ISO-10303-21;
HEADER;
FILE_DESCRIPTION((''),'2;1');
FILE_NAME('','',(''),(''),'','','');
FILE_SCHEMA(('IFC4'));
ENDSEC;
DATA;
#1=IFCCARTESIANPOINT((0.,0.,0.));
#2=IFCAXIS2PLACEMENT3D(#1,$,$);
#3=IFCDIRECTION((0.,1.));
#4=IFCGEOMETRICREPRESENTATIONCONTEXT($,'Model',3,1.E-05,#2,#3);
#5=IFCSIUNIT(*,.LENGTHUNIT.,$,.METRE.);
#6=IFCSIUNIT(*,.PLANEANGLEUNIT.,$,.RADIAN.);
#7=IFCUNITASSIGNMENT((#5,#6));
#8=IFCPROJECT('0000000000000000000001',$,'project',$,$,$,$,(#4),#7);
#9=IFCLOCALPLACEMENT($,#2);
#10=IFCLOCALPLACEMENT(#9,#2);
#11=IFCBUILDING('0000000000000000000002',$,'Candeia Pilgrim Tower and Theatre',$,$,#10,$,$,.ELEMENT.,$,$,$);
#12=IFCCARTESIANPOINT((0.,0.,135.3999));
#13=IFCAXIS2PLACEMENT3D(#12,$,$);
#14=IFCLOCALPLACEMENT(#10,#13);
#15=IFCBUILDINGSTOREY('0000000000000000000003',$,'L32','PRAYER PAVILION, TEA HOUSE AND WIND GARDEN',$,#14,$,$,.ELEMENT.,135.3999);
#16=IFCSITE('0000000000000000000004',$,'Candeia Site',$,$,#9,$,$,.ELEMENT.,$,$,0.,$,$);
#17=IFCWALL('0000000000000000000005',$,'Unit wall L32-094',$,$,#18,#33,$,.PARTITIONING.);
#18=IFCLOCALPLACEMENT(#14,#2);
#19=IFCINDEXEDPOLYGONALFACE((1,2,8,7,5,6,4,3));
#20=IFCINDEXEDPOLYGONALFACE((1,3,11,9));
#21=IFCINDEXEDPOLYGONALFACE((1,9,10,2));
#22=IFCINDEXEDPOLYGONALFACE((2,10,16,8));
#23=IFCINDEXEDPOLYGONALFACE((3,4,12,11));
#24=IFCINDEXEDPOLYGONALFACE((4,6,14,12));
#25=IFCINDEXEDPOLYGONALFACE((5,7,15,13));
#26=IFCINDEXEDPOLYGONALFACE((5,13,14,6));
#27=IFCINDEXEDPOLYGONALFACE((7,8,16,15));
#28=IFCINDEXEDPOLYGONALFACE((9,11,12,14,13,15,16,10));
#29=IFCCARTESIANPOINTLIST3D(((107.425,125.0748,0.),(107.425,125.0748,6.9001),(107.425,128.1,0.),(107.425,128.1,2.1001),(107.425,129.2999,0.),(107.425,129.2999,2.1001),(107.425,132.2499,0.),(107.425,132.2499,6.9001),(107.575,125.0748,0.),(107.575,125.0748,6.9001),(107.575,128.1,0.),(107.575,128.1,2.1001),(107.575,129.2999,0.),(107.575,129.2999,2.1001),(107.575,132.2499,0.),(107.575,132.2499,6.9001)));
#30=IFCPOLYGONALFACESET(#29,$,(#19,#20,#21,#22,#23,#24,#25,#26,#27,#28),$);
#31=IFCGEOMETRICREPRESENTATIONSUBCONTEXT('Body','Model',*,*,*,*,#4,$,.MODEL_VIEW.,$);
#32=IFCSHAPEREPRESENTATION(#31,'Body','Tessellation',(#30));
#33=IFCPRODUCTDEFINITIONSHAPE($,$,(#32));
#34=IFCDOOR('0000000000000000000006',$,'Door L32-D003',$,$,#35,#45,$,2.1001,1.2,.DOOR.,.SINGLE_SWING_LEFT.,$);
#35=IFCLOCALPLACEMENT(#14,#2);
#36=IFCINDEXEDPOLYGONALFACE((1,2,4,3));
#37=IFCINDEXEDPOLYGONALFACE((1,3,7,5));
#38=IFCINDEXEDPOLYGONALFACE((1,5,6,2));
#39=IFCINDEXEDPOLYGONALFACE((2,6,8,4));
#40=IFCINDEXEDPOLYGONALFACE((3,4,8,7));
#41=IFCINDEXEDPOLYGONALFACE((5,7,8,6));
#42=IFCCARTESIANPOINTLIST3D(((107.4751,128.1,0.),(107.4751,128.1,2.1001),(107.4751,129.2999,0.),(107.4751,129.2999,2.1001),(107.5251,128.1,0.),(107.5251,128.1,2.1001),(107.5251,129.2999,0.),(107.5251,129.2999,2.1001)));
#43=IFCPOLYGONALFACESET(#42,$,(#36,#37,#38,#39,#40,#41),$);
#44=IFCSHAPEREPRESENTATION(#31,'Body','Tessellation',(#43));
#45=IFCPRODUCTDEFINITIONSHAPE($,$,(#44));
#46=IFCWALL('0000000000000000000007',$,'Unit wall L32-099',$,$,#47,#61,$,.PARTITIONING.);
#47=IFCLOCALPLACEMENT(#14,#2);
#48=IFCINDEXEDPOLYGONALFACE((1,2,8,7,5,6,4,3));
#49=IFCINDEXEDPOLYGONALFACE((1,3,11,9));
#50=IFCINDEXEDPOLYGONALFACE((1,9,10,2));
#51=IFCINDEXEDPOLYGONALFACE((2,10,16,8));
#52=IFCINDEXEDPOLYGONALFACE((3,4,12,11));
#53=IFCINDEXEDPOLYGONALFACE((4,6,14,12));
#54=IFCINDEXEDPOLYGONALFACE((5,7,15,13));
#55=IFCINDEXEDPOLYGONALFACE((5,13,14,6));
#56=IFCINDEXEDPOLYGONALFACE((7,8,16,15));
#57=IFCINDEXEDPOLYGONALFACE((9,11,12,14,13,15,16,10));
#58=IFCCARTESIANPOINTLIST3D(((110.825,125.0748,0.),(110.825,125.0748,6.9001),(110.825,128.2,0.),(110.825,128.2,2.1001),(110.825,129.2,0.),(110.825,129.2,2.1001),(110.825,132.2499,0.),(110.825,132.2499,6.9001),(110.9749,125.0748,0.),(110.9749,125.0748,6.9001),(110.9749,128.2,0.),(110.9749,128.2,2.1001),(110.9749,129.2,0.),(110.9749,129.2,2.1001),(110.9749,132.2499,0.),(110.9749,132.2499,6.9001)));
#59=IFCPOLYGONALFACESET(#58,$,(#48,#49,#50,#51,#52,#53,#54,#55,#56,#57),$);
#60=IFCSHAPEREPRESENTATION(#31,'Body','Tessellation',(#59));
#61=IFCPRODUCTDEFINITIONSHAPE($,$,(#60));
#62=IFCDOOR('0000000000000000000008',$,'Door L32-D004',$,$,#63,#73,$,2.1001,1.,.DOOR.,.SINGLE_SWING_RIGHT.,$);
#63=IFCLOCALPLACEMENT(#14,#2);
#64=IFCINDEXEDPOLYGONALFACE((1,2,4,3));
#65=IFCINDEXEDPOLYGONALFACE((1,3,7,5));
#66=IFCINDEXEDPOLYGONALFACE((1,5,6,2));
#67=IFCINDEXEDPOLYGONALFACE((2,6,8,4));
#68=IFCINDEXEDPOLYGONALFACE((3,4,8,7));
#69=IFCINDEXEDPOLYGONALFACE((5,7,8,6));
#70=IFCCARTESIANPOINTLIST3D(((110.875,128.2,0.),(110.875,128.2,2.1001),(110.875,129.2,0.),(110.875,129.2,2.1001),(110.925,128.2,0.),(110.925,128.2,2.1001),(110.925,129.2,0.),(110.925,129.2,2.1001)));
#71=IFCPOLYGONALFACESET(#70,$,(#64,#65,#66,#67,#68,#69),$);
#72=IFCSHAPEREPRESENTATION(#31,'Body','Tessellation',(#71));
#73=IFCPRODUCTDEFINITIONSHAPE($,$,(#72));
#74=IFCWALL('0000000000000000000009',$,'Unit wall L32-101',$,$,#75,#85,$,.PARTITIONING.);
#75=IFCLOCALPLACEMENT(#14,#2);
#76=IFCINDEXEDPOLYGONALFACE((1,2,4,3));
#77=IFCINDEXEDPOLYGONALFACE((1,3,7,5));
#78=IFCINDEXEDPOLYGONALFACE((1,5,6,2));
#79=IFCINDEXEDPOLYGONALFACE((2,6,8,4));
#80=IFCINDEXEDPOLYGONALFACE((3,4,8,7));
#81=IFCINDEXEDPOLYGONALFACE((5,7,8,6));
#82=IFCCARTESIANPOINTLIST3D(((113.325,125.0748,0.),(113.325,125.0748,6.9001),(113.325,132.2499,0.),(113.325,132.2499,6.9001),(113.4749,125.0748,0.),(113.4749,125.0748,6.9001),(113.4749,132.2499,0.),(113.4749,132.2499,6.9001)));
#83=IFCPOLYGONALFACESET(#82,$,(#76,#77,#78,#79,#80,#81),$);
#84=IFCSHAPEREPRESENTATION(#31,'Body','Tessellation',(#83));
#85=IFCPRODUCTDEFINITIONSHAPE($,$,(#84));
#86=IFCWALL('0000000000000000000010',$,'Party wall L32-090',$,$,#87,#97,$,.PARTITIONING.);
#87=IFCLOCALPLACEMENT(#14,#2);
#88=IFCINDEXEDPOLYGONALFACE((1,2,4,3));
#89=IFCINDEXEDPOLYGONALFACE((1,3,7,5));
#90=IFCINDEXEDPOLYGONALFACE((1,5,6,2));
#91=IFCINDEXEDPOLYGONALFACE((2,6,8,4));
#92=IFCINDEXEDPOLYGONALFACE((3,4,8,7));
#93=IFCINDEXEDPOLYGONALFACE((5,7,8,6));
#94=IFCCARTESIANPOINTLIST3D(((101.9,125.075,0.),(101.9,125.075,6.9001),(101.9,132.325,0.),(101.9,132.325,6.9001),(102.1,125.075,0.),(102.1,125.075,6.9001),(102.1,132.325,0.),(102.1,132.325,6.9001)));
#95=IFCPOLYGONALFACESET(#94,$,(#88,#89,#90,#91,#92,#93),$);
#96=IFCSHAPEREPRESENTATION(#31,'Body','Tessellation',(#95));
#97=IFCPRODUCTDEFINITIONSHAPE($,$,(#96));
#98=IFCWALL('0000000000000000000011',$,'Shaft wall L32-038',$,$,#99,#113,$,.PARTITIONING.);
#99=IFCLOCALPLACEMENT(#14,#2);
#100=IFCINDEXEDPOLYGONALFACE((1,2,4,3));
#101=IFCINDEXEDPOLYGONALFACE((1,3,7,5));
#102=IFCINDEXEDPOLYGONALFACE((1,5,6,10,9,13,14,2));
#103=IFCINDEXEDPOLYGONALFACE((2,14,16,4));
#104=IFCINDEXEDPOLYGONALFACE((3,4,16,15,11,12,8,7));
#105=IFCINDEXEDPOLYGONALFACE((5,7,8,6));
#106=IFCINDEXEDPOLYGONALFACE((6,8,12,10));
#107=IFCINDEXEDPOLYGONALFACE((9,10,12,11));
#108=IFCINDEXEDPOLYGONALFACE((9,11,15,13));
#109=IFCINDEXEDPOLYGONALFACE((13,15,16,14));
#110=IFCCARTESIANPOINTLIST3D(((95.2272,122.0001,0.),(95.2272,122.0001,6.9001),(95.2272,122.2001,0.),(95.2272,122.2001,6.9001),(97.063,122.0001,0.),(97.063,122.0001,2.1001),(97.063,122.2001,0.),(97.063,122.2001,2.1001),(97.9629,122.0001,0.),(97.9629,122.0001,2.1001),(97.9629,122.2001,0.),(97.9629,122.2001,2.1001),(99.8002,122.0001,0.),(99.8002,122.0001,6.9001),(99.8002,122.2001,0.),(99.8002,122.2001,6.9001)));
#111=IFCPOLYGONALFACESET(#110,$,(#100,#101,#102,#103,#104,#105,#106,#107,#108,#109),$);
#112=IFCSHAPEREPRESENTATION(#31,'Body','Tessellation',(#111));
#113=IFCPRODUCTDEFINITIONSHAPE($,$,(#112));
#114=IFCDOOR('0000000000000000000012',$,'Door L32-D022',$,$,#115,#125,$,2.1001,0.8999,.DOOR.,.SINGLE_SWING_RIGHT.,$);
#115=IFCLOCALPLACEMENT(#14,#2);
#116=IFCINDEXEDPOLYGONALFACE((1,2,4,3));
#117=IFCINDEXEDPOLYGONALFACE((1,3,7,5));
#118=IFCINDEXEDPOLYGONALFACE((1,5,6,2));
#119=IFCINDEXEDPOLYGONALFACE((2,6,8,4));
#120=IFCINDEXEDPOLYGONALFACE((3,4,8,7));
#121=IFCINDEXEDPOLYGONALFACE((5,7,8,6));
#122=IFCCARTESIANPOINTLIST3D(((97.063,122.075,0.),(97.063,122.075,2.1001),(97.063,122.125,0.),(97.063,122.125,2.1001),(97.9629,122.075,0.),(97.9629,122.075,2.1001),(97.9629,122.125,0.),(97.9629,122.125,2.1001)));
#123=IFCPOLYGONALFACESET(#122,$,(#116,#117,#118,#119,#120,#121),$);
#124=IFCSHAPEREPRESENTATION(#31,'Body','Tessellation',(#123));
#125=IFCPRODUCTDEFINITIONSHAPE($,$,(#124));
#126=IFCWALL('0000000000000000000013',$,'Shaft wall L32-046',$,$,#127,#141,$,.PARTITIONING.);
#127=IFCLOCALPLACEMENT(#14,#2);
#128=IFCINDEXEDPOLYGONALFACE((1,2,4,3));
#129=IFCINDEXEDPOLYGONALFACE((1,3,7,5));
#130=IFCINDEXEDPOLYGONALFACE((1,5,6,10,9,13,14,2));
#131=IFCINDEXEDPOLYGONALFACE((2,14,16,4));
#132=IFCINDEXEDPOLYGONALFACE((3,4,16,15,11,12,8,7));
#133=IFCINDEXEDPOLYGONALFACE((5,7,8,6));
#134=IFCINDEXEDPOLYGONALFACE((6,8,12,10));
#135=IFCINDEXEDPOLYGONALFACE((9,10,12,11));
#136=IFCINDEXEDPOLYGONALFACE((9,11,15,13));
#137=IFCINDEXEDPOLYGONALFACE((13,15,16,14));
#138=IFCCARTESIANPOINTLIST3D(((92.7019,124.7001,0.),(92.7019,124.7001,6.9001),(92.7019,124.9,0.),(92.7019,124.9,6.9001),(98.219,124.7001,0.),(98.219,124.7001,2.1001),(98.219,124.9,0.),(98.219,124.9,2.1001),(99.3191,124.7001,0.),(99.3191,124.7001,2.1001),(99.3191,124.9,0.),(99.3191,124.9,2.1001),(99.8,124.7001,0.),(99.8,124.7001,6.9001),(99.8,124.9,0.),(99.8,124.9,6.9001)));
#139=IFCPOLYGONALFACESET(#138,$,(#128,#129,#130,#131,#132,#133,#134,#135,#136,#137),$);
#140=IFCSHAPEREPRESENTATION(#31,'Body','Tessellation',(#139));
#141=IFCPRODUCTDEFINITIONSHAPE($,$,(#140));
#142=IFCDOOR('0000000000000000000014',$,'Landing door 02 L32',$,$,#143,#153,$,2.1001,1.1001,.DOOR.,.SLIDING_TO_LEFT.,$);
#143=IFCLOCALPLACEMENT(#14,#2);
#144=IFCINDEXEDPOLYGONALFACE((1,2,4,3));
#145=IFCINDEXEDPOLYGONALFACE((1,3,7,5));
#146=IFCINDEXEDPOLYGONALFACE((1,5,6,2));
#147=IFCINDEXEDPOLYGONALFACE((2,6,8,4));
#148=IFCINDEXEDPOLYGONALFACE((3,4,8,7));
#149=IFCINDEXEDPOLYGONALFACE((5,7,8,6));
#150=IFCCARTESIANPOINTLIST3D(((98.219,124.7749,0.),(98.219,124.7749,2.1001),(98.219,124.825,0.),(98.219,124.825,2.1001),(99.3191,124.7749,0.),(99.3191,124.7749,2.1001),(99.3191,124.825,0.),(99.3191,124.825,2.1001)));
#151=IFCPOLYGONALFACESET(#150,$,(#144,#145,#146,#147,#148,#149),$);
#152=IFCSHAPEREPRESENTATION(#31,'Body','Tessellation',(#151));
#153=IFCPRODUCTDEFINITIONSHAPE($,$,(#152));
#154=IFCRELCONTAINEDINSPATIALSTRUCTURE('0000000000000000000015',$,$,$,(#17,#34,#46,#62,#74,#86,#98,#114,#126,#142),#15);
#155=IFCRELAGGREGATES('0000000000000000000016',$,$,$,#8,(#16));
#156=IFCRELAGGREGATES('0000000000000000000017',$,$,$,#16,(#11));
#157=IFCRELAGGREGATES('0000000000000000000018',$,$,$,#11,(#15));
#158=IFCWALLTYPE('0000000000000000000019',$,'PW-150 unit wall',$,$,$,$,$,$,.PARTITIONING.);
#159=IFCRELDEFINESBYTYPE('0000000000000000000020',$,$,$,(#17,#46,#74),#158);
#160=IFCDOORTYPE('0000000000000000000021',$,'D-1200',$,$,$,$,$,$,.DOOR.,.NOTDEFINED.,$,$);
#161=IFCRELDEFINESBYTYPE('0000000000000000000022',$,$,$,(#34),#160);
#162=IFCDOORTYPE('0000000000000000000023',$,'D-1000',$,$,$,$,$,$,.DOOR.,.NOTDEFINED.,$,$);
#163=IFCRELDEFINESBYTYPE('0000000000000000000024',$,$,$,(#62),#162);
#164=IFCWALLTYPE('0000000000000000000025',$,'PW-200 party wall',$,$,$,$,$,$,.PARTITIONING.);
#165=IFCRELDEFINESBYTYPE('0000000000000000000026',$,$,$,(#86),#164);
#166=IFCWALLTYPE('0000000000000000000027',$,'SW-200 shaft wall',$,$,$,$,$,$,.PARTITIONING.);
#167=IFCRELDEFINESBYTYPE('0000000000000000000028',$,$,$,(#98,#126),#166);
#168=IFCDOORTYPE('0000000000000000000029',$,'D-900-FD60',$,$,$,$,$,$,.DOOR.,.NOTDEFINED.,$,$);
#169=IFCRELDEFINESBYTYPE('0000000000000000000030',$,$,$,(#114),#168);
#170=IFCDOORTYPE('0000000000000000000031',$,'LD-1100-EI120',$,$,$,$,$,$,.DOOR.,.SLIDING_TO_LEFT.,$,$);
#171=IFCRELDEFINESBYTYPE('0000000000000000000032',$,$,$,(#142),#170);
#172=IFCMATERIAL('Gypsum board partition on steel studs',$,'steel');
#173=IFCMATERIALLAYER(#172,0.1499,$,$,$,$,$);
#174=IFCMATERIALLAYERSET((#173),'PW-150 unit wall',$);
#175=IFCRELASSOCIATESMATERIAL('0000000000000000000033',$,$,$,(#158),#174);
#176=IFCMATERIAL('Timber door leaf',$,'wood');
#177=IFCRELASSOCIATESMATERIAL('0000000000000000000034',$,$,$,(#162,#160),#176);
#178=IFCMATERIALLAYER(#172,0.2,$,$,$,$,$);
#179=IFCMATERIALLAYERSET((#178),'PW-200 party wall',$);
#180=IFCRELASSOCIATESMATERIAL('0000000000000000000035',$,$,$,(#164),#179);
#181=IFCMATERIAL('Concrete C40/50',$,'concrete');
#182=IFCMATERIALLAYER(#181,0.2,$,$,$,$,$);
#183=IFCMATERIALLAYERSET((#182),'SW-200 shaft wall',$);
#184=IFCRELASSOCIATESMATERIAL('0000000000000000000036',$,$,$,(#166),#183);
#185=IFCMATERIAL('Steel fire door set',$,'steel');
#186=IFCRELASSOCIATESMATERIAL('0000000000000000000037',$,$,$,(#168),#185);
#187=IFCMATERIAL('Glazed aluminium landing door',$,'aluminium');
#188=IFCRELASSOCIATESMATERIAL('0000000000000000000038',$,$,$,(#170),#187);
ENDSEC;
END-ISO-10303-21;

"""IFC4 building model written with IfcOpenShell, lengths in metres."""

from ifc_helpers import new_model, si_unit, direction, frame, frame_2d, origin, place, context, subcontext, project, spatial, rectangle, extrude, material, layer, layer_set, type_object, element, fill, save


model = new_model("IFC4")

# Units and contexts
model_context = context("Model", 3, precision=1e-05, world=origin(), true_north=direction((0.0, 1.0)))
body_context = subcontext(model_context, "Body", "Model", "MODEL_VIEW")
ifc_project = project(units=[si_unit("LENGTHUNIT", "METRE"), si_unit("PLANEANGLEUNIT", "RADIAN")], contexts=[model_context])

# Site, building, storey
site_placement = place(None, origin())
site = spatial("IfcSite", under=ifc_project, at=site_placement, Name="Candeia Site", CompositionType="ELEMENT", RefElevation=0.0)
building_placement = place(site_placement, origin())
building = spatial("IfcBuilding", under=site, at=building_placement, Name="Candeia Pilgrim Tower and Theatre", CompositionType="ELEMENT")
storey_placement = place(building_placement, frame((0.0, 0.0, 135.3999)))
storey = spatial("IfcBuildingStorey", under=building, at=storey_placement, Name="L32", Description="PRAYER PAVILION, TEA HOUSE AND WIND GARDEN", CompositionType="ELEMENT", Elevation=135.3999)

# Shared definitions
ifc_material_1 = material(Name="Gypsum board partition on steel studs", Category="steel")
ifc_material_2 = material(Name="Steel fire door set", Category="steel")

# Shared definitions
ifc_layer_1 = layer(ifc_material_1, 0.1499)
ifc_layer_set_1 = layer_set([ifc_layer_1], Name="PW-150 unit wall")
wall_type_1 = type_object("IfcWallType", Name="PW-150 unit wall", PredefinedType="PARTITIONING", material=ifc_layer_set_1)
ifc_material_3 = material(Name="Timber door leaf", Category="wood")
door_type_1 = type_object("IfcDoorType", Name="D-1000", OperationType="NOTDEFINED", PredefinedType="DOOR", material=ifc_material_3)

# Walls, openings, doors
wall_1_placement = place(storey_placement, frame((107.5, 125.075, 0.0), z_axis=(0.0, 0.0, 1.0), x_axis=(0.0, 1.0, 0.0)))
wall_1 = element("IfcWall", 1, at=wall_1_placement, inside=storey, type_object=wall_type_1, Name="Unit wall L32-094", PredefinedType="PARTITIONING", context=body_context, shape_type="SweptSolid", body=[
    extrude(rectangle(XDim=7.175, YDim=0.1499, at=frame_2d((3.5874, 0.0))), origin(), (0.0, 0.0, 1.0), 6.9001),
])
opening_1_placement = place(wall_1_placement, frame((3.0249, 0.0, 0.0)))
opening_1 = element("IfcOpeningElement", 2, at=opening_1_placement, cuts=wall_1, PredefinedType="OPENING", context=body_context, shape_type="SweptSolid", body=[
    extrude(rectangle(XDim=1.2, YDim=2.1001, at=frame_2d((0.6001, 1.05))), frame((0.0, 0.085, 0.0), z_axis=(0.0, -1.0, 0.0), x_axis=(1.0, 0.0, 0.0)), (0.0, 0.0, 1.0), 0.1699),
])
door_type_2 = type_object("IfcDoorType", Name="D-1200", OperationType="NOTDEFINED", PredefinedType="DOOR", material=ifc_material_3)
door_1_placement = place(opening_1_placement, origin())
door_1 = element("IfcDoor", 3, at=door_1_placement, inside=storey, type_object=door_type_2, Name="Door L32-D003", OperationType="SINGLE_SWING_LEFT", OverallHeight=2.1001, OverallWidth=1.2, PredefinedType="DOOR", context=body_context, shape_type="SweptSolid", body=[
    extrude(rectangle(XDim=1.2, YDim=2.1001, at=frame_2d((0.6001, 1.05))), frame((0.0, 0.0249, 0.0), z_axis=(0.0, -1.0, 0.0), x_axis=(1.0, 0.0, 0.0)), (0.0, 0.0, 1.0), 0.05),
])
fill(opening_1, door_1)
wall_2_placement = place(storey_placement, frame((110.8999, 125.075, 0.0), z_axis=(0.0, 0.0, 1.0), x_axis=(0.0, 1.0, 0.0)))
wall_2 = element("IfcWall", 4, at=wall_2_placement, inside=storey, type_object=wall_type_1, Name="Unit wall L32-099", PredefinedType="PARTITIONING", context=body_context, shape_type="SweptSolid", body=[
    extrude(rectangle(XDim=7.175, YDim=0.1499, at=frame_2d((3.5874, 0.0))), origin(), (0.0, 0.0, 1.0), 6.9001),
])
opening_2_placement = place(wall_2_placement, frame((3.125, 0.0, 0.0)))
opening_2 = element("IfcOpeningElement", 5, at=opening_2_placement, cuts=wall_2, PredefinedType="OPENING", context=body_context, shape_type="SweptSolid", body=[
    extrude(rectangle(XDim=1.0, YDim=2.1001, at=frame_2d((0.5, 1.05))), frame((0.0, 0.085, 0.0), z_axis=(0.0, -1.0, 0.0), x_axis=(1.0, 0.0, 0.0)), (0.0, 0.0, 1.0), 0.1699),
])
door_2_placement = place(opening_2_placement, origin())
door_2 = element("IfcDoor", 6, at=door_2_placement, inside=storey, type_object=door_type_1, Name="Door L32-D004", OperationType="SINGLE_SWING_RIGHT", OverallHeight=2.1001, OverallWidth=1.0, PredefinedType="DOOR", context=body_context, shape_type="SweptSolid", body=[
    extrude(rectangle(XDim=1.0, YDim=2.1001, at=frame_2d((0.5, 1.05))), frame((0.0, 0.0249, 0.0), z_axis=(0.0, -1.0, 0.0), x_axis=(1.0, 0.0, 0.0)), (0.0, 0.0, 1.0), 0.05),
])
fill(opening_2, door_2)

# Walls
wall_3_placement = place(storey_placement, frame((113.3999, 125.075, 0.0), z_axis=(0.0, 0.0, 1.0), x_axis=(0.0, 1.0, 0.0)))
element("IfcWall", 7, at=wall_3_placement, inside=storey, type_object=wall_type_1, Name="Unit wall L32-101", PredefinedType="PARTITIONING", context=body_context, shape_type="SweptSolid", body=[
    extrude(rectangle(XDim=7.175, YDim=0.1499, at=frame_2d((3.5874, 0.0))), origin(), (0.0, 0.0, 1.0), 6.9001),
])
ifc_layer_2 = layer(ifc_material_1, 0.2)
ifc_layer_set_2 = layer_set([ifc_layer_2], Name="PW-200 party wall")
wall_type_2 = type_object("IfcWallType", Name="PW-200 party wall", PredefinedType="PARTITIONING", material=ifc_layer_set_2)
wall_4_placement = place(storey_placement, frame((102.0, 125.075, 0.0), z_axis=(0.0, 0.0, 1.0), x_axis=(0.0, 1.0, 0.0)))
element("IfcWall", 8, at=wall_4_placement, inside=storey, type_object=wall_type_2, Name="Party wall L32-090", PredefinedType="PARTITIONING", context=body_context, shape_type="SweptSolid", body=[
    extrude(rectangle(XDim=7.25, YDim=0.2, at=frame_2d((3.625, 0.0))), origin(), (0.0, 0.0, 1.0), 6.9001),
])

# Walls, openings, doors
ifc_material_4 = material(Name="Concrete C40/50", Category="concrete")
ifc_layer_3 = layer(ifc_material_4, 0.2)
ifc_layer_set_3 = layer_set([ifc_layer_3], Name="SW-200 shaft wall")
wall_type_3 = type_object("IfcWallType", Name="SW-200 shaft wall", PredefinedType="PARTITIONING", material=ifc_layer_set_3)
wall_5_placement = place(storey_placement, frame((95.2271, 122.1001, 0.0), z_axis=(0.0, 0.0, 1.0), x_axis=(1.0, 0.0, 0.0)))
wall_5 = element("IfcWall", 9, at=wall_5_placement, inside=storey, type_object=wall_type_3, Name="Shaft wall L32-038", PredefinedType="PARTITIONING", context=body_context, shape_type="SweptSolid", body=[
    extrude(rectangle(XDim=4.573, YDim=0.2, at=frame_2d((2.2866, 0.0))), origin(), (0.0, 0.0, 1.0), 6.9001),
])
opening_3_placement = place(wall_5_placement, frame((1.8359, 0.0, 0.0)))
opening_3 = element("IfcOpeningElement", 10, at=opening_3_placement, cuts=wall_5, PredefinedType="OPENING", context=body_context, shape_type="SweptSolid", body=[
    extrude(rectangle(XDim=0.8999, YDim=2.1001, at=frame_2d((0.45, 1.05))), frame((0.0, 0.1099, 0.0), z_axis=(0.0, -1.0, 0.0), x_axis=(1.0, 0.0, 0.0)), (0.0, 0.0, 1.0), 0.22),
])
door_type_3 = type_object("IfcDoorType", Name="D-900-FD60", OperationType="NOTDEFINED", PredefinedType="DOOR", material=ifc_material_2)
door_3_placement = place(opening_3_placement, origin())
door_3 = element("IfcDoor", 11, at=door_3_placement, inside=storey, type_object=door_type_3, Name="Door L32-D022", OperationType="SINGLE_SWING_RIGHT", OverallHeight=2.1001, OverallWidth=0.8999, PredefinedType="DOOR", context=body_context, shape_type="SweptSolid", body=[
    extrude(rectangle(XDim=0.8999, YDim=2.1001, at=frame_2d((0.45, 1.05))), frame((0.0, 0.0249, 0.0), z_axis=(0.0, -1.0, 0.0), x_axis=(1.0, 0.0, 0.0)), (0.0, 0.0, 1.0), 0.05),
])
fill(opening_3, door_3)
wall_6_placement = place(storey_placement, frame((92.7019, 124.8, 0.0), z_axis=(0.0, 0.0, 1.0), x_axis=(1.0, 0.0, 0.0)))
wall_6 = element("IfcWall", 12, at=wall_6_placement, inside=storey, type_object=wall_type_3, Name="Shaft wall L32-046", PredefinedType="PARTITIONING", context=body_context, shape_type="SweptSolid", body=[
    extrude(rectangle(XDim=7.0981, YDim=0.2, at=frame_2d((3.5491, 0.0))), origin(), (0.0, 0.0, 1.0), 6.9001),
])
opening_4_placement = place(wall_6_placement, frame((5.5171, 0.0, 0.0)))
opening_4 = element("IfcOpeningElement", 13, at=opening_4_placement, cuts=wall_6, PredefinedType="OPENING", context=body_context, shape_type="SweptSolid", body=[
    extrude(rectangle(XDim=1.1001, YDim=2.1001, at=frame_2d((0.55, 1.05))), frame((0.0, 0.1099, 0.0), z_axis=(0.0, -1.0, 0.0), x_axis=(1.0, 0.0, 0.0)), (0.0, 0.0, 1.0), 0.22),
])
ifc_material_5 = material(Name="Glazed aluminium landing door", Category="aluminium")
door_type_4 = type_object("IfcDoorType", Name="LD-1100-EI120", OperationType="SLIDING_TO_LEFT", PredefinedType="DOOR", material=ifc_material_5)
door_4_placement = place(opening_4_placement, origin())
door_4 = element("IfcDoor", 14, at=door_4_placement, inside=storey, type_object=door_type_4, Name="Landing door 02 L32", OperationType="SLIDING_TO_LEFT", OverallHeight=2.1001, OverallWidth=1.1001, PredefinedType="DOOR", context=body_context, shape_type="SweptSolid", body=[
    extrude(rectangle(XDim=1.1001, YDim=2.1001, at=frame_2d((0.55, 1.05))), frame((0.0, 0.0249, 0.0), z_axis=(0.0, -1.0, 0.0), x_axis=(1.0, 0.0, 0.0)), (0.0, 0.0, 1.0), 0.05),
])
fill(opening_4, door_4)

save(model, "model.ifc")
